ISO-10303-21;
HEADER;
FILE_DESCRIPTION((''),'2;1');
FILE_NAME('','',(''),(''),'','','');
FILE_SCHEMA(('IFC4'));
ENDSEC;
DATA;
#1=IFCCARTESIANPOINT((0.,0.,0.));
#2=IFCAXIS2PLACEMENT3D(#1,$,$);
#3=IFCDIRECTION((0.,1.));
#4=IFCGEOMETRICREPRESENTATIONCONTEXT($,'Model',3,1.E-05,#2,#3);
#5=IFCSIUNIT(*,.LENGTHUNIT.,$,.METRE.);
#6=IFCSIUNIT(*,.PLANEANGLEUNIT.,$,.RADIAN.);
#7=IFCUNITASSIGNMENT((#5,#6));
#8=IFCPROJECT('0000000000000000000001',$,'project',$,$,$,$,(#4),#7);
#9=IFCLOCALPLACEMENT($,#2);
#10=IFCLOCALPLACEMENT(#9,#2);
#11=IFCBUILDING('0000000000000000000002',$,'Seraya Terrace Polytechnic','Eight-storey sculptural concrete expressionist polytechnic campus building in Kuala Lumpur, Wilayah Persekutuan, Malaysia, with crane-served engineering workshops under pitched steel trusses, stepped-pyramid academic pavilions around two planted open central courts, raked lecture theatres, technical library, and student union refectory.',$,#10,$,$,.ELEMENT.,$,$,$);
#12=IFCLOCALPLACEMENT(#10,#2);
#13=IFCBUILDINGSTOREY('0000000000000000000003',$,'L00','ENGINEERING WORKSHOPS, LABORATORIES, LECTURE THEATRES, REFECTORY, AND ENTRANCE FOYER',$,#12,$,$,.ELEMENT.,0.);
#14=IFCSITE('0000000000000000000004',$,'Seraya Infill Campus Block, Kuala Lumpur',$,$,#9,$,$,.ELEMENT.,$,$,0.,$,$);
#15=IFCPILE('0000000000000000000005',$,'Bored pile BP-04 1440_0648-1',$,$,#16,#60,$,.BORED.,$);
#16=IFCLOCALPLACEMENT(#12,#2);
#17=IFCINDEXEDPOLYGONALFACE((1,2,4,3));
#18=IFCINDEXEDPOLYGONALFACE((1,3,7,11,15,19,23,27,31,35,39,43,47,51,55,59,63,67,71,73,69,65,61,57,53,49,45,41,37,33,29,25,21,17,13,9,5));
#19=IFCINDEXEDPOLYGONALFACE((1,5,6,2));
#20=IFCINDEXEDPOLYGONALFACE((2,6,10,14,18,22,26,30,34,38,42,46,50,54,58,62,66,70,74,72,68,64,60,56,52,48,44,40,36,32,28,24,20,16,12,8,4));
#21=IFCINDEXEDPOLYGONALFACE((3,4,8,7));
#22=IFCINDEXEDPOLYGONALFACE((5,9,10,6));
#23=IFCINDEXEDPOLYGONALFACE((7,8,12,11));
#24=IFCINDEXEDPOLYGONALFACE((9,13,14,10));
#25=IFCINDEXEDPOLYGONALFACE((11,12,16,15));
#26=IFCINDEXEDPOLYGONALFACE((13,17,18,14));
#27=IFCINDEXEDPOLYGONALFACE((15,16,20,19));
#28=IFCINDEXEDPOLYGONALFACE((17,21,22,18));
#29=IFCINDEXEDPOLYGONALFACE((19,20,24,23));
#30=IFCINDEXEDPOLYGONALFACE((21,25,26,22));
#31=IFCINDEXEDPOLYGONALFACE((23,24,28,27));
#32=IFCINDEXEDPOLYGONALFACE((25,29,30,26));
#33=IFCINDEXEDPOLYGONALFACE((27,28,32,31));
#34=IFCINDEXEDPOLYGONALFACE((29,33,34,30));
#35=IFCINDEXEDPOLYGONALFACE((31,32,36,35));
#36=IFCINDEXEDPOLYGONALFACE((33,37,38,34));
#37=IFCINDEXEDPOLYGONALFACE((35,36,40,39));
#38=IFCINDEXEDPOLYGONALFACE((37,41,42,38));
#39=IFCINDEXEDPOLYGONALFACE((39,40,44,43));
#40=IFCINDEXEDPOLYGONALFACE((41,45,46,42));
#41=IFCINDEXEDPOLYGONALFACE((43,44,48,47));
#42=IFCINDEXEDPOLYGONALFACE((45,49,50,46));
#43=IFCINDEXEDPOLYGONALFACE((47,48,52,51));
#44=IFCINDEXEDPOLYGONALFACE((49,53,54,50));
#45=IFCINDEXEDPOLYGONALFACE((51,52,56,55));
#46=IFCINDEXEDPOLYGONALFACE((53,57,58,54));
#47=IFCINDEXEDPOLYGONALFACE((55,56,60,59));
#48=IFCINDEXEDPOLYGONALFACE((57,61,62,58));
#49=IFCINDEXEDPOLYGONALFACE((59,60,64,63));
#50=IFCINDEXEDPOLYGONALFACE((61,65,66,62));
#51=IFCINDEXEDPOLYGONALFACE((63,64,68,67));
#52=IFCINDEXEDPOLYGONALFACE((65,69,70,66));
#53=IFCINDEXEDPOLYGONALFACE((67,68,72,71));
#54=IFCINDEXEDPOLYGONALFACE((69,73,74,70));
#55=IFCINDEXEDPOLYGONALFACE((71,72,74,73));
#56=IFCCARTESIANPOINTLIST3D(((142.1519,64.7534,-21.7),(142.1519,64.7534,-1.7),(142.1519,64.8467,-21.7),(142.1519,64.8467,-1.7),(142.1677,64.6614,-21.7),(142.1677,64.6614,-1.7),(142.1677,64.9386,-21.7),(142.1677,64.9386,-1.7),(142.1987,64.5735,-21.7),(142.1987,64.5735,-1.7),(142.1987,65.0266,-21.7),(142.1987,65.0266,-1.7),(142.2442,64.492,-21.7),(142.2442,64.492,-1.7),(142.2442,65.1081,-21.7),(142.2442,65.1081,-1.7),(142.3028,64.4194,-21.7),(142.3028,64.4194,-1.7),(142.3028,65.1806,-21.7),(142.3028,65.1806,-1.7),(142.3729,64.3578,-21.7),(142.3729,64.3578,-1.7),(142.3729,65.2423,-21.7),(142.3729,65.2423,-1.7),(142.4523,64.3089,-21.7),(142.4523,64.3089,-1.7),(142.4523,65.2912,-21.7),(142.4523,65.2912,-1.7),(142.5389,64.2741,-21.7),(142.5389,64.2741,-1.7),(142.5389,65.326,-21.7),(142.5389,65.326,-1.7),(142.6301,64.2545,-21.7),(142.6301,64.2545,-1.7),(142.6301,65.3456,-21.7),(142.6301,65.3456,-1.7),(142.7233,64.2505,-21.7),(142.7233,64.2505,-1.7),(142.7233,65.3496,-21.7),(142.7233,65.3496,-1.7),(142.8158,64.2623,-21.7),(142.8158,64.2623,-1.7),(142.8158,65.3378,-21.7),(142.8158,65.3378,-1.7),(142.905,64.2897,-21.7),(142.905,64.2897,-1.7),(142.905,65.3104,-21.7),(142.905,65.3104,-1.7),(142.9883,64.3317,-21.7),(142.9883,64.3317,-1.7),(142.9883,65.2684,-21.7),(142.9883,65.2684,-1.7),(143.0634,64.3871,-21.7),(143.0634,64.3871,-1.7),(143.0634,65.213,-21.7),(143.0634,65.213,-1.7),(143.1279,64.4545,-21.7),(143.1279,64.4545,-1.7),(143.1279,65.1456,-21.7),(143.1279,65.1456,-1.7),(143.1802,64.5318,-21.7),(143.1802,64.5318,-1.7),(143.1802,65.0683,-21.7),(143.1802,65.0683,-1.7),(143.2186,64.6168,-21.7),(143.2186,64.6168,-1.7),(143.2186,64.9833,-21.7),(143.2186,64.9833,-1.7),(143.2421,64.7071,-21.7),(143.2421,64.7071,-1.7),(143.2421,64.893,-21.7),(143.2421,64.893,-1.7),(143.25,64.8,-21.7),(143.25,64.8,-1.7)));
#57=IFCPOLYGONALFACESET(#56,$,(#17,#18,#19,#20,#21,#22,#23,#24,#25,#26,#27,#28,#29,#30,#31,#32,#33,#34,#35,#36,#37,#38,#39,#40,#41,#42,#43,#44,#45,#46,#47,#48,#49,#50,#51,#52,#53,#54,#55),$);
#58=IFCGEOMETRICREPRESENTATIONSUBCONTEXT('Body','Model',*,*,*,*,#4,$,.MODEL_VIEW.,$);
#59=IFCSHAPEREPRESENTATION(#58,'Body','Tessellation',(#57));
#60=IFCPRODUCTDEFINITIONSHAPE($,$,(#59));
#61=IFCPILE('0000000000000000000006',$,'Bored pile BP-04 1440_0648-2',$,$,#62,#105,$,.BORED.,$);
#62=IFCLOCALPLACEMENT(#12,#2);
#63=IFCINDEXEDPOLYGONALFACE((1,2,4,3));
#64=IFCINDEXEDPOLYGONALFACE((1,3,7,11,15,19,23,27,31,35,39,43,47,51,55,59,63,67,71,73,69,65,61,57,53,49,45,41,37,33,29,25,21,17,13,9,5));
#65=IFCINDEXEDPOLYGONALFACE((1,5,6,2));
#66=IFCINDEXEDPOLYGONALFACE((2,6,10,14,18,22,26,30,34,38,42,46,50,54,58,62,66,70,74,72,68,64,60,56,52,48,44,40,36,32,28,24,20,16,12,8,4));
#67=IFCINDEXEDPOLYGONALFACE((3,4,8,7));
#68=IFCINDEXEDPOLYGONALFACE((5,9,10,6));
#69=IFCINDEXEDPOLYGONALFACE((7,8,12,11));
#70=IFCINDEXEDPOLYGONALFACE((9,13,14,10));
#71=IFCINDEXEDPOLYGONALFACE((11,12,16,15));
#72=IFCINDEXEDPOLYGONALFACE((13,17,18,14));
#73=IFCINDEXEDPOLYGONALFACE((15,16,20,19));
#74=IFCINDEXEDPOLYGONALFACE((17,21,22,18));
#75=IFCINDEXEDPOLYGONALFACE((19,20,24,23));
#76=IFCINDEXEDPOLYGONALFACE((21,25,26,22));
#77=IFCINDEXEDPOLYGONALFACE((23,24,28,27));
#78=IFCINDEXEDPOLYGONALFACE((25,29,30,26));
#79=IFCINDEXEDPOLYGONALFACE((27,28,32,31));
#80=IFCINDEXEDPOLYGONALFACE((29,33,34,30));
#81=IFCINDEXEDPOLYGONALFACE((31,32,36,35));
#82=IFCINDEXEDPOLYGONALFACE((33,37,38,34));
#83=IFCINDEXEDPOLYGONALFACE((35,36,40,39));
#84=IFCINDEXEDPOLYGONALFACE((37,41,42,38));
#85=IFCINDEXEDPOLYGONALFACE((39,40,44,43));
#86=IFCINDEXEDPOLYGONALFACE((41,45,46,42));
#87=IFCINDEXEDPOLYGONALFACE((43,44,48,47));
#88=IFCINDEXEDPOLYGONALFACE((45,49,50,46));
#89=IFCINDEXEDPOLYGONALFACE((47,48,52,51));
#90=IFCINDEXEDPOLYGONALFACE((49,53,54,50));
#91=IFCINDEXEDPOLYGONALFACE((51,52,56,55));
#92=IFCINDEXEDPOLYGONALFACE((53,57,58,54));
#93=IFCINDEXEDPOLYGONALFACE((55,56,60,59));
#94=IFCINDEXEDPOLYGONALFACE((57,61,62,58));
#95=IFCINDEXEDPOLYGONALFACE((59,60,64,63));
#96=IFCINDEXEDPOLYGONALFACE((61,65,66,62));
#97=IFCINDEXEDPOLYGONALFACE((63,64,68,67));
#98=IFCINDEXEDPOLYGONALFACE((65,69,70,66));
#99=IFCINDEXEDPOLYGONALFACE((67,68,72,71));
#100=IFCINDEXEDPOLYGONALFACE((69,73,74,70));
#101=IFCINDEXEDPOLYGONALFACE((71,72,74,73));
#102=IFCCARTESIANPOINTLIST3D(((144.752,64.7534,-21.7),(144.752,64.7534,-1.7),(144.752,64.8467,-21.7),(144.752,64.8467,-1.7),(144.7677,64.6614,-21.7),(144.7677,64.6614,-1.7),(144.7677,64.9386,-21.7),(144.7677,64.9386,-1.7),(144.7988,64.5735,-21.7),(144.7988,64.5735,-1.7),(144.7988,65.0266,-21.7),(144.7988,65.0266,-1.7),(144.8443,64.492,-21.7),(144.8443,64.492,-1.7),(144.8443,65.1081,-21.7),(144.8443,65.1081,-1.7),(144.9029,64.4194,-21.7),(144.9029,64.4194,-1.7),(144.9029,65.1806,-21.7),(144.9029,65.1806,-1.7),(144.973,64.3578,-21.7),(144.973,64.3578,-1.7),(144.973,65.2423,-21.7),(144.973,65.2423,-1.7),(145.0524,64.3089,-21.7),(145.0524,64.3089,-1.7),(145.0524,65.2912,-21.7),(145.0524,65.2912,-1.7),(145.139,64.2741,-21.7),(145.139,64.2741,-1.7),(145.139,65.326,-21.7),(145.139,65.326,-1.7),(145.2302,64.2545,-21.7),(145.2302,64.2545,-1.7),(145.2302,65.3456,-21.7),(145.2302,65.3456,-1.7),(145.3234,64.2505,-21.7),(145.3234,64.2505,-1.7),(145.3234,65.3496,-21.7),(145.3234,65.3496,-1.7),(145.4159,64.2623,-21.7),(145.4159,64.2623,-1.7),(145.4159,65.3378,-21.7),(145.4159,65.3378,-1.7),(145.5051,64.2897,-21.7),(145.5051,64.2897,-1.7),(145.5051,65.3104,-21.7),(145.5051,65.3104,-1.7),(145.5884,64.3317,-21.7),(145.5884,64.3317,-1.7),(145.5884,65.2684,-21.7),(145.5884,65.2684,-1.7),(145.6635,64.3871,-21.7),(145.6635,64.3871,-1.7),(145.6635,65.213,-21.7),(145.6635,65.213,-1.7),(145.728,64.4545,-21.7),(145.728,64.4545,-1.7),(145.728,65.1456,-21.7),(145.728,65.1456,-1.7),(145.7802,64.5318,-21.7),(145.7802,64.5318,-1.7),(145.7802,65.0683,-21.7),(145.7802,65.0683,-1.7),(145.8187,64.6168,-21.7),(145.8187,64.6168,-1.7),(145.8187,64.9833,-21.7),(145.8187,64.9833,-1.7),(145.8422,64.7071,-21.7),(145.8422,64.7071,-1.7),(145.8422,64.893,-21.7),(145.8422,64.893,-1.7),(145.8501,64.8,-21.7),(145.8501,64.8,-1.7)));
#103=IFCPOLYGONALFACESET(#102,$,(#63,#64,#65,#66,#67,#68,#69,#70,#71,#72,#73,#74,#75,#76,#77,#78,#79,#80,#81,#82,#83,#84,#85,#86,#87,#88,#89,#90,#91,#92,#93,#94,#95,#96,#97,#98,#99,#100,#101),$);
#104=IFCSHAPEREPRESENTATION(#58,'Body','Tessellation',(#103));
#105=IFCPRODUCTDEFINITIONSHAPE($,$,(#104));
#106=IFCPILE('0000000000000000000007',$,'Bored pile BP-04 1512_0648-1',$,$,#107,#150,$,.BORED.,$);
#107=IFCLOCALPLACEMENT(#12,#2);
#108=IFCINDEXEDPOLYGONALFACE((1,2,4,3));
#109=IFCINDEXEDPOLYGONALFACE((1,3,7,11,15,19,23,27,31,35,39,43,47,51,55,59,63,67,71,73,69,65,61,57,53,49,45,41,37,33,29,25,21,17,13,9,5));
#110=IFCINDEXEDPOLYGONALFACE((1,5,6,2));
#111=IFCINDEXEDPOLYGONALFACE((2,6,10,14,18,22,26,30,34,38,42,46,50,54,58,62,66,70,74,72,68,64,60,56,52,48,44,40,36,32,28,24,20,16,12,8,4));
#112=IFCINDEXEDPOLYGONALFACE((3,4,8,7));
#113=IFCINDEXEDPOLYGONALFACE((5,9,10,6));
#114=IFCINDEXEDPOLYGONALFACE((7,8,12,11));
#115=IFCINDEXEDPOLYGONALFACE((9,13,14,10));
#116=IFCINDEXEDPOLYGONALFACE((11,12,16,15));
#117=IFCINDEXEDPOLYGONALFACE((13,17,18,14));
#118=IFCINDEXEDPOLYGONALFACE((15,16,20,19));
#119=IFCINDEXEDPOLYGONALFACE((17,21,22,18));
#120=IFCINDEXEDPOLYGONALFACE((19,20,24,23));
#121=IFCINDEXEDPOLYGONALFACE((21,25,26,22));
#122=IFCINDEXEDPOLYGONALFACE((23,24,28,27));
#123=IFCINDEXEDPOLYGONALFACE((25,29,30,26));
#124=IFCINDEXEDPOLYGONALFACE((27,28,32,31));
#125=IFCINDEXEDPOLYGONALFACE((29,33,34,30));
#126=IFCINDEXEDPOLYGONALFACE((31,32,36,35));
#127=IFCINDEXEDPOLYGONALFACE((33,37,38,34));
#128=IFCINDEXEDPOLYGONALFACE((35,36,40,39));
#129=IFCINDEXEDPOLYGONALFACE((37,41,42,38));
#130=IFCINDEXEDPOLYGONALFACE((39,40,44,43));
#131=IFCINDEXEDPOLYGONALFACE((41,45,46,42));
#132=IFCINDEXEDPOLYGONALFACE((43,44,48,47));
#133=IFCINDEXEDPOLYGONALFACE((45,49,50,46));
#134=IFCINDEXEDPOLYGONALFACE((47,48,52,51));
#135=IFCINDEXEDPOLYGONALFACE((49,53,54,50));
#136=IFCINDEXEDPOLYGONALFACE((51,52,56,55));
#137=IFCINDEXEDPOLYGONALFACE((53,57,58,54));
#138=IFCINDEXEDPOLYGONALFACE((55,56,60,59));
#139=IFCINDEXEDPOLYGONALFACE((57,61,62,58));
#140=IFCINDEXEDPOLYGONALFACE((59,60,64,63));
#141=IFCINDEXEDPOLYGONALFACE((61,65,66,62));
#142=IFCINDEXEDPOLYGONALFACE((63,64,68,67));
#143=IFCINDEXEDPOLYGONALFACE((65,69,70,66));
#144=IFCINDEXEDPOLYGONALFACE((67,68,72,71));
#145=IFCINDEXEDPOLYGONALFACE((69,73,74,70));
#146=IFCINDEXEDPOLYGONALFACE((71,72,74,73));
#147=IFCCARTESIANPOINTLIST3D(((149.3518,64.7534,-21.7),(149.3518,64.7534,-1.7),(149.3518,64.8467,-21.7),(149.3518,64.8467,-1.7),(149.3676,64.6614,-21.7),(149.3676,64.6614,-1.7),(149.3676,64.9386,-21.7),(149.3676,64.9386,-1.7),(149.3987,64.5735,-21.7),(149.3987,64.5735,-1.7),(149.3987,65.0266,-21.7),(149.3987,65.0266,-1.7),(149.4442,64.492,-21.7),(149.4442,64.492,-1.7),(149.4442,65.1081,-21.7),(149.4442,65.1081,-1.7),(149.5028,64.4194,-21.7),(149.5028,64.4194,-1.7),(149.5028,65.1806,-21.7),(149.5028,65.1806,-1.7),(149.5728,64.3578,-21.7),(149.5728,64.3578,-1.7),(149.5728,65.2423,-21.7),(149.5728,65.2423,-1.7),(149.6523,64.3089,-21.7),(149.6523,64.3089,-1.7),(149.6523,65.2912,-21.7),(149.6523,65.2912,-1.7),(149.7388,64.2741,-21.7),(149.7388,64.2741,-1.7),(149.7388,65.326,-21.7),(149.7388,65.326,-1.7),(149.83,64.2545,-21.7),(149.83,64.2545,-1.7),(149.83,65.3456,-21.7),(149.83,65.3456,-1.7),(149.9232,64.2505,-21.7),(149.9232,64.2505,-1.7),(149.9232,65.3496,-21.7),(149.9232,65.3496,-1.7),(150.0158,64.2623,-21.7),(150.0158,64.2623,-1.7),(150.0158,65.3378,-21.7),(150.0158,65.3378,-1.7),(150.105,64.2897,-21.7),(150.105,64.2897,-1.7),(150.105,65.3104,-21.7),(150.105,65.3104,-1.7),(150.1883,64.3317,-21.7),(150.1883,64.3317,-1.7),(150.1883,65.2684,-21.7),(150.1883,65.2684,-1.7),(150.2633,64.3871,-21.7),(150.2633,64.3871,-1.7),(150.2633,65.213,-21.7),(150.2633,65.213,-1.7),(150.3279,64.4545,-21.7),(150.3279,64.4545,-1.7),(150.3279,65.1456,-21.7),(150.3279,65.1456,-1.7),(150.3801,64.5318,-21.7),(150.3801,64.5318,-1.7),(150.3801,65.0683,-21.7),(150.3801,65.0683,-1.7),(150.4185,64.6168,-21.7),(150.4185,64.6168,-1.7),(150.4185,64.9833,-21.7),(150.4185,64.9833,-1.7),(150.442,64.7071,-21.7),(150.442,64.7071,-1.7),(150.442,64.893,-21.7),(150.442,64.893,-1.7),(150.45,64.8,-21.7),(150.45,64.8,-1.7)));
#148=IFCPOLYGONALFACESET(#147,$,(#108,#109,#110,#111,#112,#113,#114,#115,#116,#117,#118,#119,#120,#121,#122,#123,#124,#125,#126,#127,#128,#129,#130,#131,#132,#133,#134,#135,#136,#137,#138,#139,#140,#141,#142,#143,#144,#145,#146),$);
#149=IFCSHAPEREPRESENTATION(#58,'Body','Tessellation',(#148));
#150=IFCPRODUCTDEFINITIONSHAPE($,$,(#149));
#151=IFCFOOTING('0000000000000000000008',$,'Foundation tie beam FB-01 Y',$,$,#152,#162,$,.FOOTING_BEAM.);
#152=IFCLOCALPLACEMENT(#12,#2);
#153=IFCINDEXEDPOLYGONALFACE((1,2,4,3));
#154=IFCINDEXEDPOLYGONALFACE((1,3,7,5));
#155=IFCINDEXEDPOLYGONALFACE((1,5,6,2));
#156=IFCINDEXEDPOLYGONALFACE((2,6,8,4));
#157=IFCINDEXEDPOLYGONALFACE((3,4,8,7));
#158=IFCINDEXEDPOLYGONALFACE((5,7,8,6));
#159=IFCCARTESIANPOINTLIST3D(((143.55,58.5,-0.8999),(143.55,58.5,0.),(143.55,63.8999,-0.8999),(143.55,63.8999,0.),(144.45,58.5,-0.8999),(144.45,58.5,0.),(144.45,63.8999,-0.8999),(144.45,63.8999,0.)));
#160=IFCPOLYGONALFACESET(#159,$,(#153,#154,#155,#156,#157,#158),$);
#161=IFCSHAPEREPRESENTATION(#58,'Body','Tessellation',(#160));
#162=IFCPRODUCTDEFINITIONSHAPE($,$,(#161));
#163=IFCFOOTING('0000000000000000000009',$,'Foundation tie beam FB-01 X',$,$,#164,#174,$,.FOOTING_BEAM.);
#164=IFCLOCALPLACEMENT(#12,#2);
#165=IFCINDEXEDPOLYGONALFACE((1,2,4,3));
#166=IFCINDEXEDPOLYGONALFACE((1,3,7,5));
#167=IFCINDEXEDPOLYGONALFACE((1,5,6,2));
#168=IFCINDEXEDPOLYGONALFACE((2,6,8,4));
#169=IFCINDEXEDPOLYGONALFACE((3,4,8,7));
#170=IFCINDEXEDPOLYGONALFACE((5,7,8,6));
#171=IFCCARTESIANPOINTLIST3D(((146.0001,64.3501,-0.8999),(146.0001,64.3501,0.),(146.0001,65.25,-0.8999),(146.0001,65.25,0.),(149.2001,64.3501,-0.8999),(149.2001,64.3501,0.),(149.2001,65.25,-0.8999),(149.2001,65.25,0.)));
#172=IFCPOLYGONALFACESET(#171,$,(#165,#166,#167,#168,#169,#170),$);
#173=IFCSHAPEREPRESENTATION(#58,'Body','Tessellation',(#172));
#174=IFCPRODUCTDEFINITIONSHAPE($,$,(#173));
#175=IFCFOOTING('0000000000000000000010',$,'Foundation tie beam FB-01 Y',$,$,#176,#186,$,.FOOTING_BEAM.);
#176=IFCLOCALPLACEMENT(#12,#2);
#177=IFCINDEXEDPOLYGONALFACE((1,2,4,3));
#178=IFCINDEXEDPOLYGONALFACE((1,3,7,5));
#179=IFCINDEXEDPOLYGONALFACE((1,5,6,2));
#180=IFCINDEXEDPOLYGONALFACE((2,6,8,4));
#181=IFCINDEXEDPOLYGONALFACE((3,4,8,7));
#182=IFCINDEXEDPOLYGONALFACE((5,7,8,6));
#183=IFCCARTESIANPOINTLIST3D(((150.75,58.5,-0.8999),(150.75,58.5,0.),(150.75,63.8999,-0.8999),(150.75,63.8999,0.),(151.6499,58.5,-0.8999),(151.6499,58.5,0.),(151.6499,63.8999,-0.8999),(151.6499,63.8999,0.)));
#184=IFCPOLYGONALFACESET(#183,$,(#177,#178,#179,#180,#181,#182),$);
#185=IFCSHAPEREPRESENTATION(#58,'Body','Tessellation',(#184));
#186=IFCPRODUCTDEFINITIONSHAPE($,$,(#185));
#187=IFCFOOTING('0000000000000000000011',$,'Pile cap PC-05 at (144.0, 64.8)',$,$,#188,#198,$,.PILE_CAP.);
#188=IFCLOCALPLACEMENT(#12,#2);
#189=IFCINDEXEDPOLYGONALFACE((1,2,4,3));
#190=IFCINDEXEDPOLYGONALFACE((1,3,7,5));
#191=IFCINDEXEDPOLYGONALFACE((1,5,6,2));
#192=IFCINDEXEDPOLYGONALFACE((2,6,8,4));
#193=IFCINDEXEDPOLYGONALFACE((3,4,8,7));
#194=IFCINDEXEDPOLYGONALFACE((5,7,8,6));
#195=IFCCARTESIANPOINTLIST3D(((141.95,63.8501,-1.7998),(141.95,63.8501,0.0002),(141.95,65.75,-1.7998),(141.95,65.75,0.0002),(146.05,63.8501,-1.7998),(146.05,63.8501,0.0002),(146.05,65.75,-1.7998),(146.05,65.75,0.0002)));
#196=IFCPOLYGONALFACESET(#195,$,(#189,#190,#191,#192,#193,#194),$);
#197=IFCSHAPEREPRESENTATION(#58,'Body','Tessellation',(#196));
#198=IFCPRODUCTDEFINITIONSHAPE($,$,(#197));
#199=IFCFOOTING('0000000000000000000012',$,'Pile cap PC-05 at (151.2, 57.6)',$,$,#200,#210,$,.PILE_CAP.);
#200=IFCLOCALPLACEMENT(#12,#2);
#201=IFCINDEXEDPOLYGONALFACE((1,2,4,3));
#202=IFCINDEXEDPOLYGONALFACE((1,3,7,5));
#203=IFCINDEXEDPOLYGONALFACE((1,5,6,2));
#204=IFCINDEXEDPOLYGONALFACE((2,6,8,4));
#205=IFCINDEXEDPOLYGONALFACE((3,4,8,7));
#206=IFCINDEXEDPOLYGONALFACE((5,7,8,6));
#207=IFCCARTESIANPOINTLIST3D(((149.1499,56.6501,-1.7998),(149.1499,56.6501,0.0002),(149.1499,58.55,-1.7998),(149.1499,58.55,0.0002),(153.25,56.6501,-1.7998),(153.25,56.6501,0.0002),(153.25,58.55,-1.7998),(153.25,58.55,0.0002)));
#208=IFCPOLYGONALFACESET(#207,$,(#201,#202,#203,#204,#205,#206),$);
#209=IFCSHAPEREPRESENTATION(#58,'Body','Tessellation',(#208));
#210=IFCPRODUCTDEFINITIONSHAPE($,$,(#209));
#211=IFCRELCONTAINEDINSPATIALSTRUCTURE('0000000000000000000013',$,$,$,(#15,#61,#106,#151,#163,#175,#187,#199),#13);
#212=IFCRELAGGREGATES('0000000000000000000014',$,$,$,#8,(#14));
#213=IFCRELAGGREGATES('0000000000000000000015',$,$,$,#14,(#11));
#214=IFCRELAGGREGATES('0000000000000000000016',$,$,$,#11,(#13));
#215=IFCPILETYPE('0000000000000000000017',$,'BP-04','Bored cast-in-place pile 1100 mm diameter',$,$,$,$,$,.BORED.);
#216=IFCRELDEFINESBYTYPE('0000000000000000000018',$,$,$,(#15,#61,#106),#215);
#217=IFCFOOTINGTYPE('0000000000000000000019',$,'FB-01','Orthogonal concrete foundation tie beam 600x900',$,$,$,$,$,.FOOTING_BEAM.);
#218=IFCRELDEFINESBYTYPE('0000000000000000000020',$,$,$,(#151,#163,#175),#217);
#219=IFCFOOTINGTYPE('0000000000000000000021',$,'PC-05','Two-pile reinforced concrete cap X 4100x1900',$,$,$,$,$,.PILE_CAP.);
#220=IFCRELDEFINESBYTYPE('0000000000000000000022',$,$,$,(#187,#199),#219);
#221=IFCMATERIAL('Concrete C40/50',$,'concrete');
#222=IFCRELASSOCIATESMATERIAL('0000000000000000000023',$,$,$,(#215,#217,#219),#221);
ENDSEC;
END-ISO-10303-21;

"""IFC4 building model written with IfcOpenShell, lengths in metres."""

from ifc_helpers import new_model, si_unit, direction, frame, origin, origin_2d, place, context, subcontext, project, spatial, rectangle, circle, extrude, material, material_profile, profile_set, type_object, element, save


model = new_model("IFC4")

# Units and contexts
model_context = context("Model", 3, precision=1e-05, world=origin(), true_north=direction((0.0, 1.0)))
body_context = subcontext(model_context, "Body", "Model", "MODEL_VIEW")
ifc_project = project(units=[si_unit("LENGTHUNIT", "METRE"), si_unit("PLANEANGLEUNIT", "RADIAN")], contexts=[model_context])

# Site, building, storey
site_placement = place(None, origin())
site = spatial("IfcSite", under=ifc_project, at=site_placement, Name="Seraya Infill Campus Block, Kuala Lumpur", CompositionType="ELEMENT", RefElevation=0.0)
building_placement = place(site_placement, origin())
building = spatial("IfcBuilding", under=site, at=building_placement, Name="Seraya Terrace Polytechnic", Description="Eight-storey sculptural concrete expressionist polytechnic campus building in Kuala Lumpur, Wilayah Persekutuan, Malaysia, with crane-served engineering workshops under pitched steel trusses, stepped-pyramid academic pavilions around two planted open central courts, raked lecture theatres, technical library, and student union refectory.", CompositionType="ELEMENT")
storey_placement = place(building_placement, origin())
storey = spatial("IfcBuildingStorey", under=building, at=storey_placement, Name="L00", Description="ENGINEERING WORKSHOPS, LABORATORIES, LECTURE THEATRES, REFECTORY, AND ENTRANCE FOYER", CompositionType="ELEMENT", Elevation=0.0)

# Piles
ifc_material_1 = material(Name="Concrete C40/50", Category="concrete")
ifc_material_profile_1 = material_profile(ifc_material_1, circle(Radius=0.55, at=origin_2d()), Name="DIA 1100")
ifc_profile_set_1 = profile_set([ifc_material_profile_1], Name="Concrete C40/50")
pile_type = type_object("IfcPileType", Name="BP-04", Description="Bored cast-in-place pile 1100 mm diameter", PredefinedType="BORED", material=ifc_profile_set_1)
for number, where, z_axis, x_axis, name in (
    (1, (142.7, 64.8, -1.7), (0.0, 0.0, -1.0), (1.0, 0.0, 0.0), "Bored pile BP-04 1440_0648-1"),
    (2, (145.3, 64.8, -1.7), (0.0, 0.0, -1.0), (1.0, 0.0, 0.0), "Bored pile BP-04 1440_0648-2"),
    (3, (149.8999, 64.8, -1.7), (0.0, 0.0, -1.0), (1.0, 0.0, 0.0), "Bored pile BP-04 1512_0648-1"),
):
    element("IfcPile", number, at=place(storey_placement, frame(where, z_axis=z_axis, x_axis=x_axis)), inside=storey, type_object=pile_type, Name=name, PredefinedType="BORED", context=body_context, shape_type="SweptSolid", body=[
        extrude(circle(Radius=0.55, at=origin_2d()), origin(), (0.0, 0.0, 1.0), 20.0),
    ])

# Footings
footing_type_1 = type_object("IfcFootingType", Name="FB-01", Description="Orthogonal concrete foundation tie beam 600x900", PredefinedType="FOOTING_BEAM", material=ifc_material_1)
footing_1_placement = place(storey_placement, frame((144.0, 61.2, -0.8999), z_axis=(0.0, 0.0, 1.0), x_axis=(0.0, 1.0, 0.0)))
element("IfcFooting", 4, at=footing_1_placement, inside=storey, type_object=footing_type_1, Name="Foundation tie beam FB-01 Y", PredefinedType="FOOTING_BEAM", context=body_context, shape_type="SweptSolid", body=[
    extrude(rectangle(XDim=5.3999, YDim=0.8999, at=origin_2d()), origin(), (0.0, 0.0, 1.0), 0.8999),
])
footing_2_placement = place(storey_placement, frame((147.6001, 64.8, -0.8999), z_axis=(0.0, 0.0, 1.0), x_axis=(1.0, 0.0, 0.0)))
element("IfcFooting", 5, at=footing_2_placement, inside=storey, type_object=footing_type_1, Name="Foundation tie beam FB-01 X", PredefinedType="FOOTING_BEAM", context=body_context, shape_type="SweptSolid", body=[
    extrude(rectangle(XDim=3.2, YDim=0.8999, at=origin_2d()), origin(), (0.0, 0.0, 1.0), 0.8999),
])
footing_3_placement = place(storey_placement, frame((151.2, 61.2, -0.8999), z_axis=(0.0, 0.0, 1.0), x_axis=(0.0, 1.0, 0.0)))
element("IfcFooting", 6, at=footing_3_placement, inside=storey, type_object=footing_type_1, Name="Foundation tie beam FB-01 Y", PredefinedType="FOOTING_BEAM", context=body_context, shape_type="SweptSolid", body=[
    extrude(rectangle(XDim=5.3999, YDim=0.8999, at=origin_2d()), origin(), (0.0, 0.0, 1.0), 0.8999),
])
footing_type_2 = type_object("IfcFootingType", Name="PC-05", Description="Two-pile reinforced concrete cap X 4100x1900", PredefinedType="PILE_CAP", material=ifc_material_1)
for number, where, z_axis, x_axis, name in (
    (7, (144.0, 64.8, -1.7998), (0.0, 0.0, 1.0), (1.0, 0.0, 0.0), "Pile cap PC-05 at (144.0, 64.8)"),
    (8, (151.2, 57.6001, -1.7998), (0.0, 0.0, 1.0), (1.0, 0.0, 0.0), "Pile cap PC-05 at (151.2, 57.6)"),
):
    element("IfcFooting", number, at=place(storey_placement, frame(where, z_axis=z_axis, x_axis=x_axis)), inside=storey, type_object=footing_type_2, Name=name, PredefinedType="PILE_CAP", context=body_context, shape_type="SweptSolid", body=[
        extrude(rectangle(XDim=4.1001, YDim=1.8999, at=origin_2d()), origin(), (0.0, 0.0, 1.0), 1.8),
    ])

save(model, "model.ifc")
